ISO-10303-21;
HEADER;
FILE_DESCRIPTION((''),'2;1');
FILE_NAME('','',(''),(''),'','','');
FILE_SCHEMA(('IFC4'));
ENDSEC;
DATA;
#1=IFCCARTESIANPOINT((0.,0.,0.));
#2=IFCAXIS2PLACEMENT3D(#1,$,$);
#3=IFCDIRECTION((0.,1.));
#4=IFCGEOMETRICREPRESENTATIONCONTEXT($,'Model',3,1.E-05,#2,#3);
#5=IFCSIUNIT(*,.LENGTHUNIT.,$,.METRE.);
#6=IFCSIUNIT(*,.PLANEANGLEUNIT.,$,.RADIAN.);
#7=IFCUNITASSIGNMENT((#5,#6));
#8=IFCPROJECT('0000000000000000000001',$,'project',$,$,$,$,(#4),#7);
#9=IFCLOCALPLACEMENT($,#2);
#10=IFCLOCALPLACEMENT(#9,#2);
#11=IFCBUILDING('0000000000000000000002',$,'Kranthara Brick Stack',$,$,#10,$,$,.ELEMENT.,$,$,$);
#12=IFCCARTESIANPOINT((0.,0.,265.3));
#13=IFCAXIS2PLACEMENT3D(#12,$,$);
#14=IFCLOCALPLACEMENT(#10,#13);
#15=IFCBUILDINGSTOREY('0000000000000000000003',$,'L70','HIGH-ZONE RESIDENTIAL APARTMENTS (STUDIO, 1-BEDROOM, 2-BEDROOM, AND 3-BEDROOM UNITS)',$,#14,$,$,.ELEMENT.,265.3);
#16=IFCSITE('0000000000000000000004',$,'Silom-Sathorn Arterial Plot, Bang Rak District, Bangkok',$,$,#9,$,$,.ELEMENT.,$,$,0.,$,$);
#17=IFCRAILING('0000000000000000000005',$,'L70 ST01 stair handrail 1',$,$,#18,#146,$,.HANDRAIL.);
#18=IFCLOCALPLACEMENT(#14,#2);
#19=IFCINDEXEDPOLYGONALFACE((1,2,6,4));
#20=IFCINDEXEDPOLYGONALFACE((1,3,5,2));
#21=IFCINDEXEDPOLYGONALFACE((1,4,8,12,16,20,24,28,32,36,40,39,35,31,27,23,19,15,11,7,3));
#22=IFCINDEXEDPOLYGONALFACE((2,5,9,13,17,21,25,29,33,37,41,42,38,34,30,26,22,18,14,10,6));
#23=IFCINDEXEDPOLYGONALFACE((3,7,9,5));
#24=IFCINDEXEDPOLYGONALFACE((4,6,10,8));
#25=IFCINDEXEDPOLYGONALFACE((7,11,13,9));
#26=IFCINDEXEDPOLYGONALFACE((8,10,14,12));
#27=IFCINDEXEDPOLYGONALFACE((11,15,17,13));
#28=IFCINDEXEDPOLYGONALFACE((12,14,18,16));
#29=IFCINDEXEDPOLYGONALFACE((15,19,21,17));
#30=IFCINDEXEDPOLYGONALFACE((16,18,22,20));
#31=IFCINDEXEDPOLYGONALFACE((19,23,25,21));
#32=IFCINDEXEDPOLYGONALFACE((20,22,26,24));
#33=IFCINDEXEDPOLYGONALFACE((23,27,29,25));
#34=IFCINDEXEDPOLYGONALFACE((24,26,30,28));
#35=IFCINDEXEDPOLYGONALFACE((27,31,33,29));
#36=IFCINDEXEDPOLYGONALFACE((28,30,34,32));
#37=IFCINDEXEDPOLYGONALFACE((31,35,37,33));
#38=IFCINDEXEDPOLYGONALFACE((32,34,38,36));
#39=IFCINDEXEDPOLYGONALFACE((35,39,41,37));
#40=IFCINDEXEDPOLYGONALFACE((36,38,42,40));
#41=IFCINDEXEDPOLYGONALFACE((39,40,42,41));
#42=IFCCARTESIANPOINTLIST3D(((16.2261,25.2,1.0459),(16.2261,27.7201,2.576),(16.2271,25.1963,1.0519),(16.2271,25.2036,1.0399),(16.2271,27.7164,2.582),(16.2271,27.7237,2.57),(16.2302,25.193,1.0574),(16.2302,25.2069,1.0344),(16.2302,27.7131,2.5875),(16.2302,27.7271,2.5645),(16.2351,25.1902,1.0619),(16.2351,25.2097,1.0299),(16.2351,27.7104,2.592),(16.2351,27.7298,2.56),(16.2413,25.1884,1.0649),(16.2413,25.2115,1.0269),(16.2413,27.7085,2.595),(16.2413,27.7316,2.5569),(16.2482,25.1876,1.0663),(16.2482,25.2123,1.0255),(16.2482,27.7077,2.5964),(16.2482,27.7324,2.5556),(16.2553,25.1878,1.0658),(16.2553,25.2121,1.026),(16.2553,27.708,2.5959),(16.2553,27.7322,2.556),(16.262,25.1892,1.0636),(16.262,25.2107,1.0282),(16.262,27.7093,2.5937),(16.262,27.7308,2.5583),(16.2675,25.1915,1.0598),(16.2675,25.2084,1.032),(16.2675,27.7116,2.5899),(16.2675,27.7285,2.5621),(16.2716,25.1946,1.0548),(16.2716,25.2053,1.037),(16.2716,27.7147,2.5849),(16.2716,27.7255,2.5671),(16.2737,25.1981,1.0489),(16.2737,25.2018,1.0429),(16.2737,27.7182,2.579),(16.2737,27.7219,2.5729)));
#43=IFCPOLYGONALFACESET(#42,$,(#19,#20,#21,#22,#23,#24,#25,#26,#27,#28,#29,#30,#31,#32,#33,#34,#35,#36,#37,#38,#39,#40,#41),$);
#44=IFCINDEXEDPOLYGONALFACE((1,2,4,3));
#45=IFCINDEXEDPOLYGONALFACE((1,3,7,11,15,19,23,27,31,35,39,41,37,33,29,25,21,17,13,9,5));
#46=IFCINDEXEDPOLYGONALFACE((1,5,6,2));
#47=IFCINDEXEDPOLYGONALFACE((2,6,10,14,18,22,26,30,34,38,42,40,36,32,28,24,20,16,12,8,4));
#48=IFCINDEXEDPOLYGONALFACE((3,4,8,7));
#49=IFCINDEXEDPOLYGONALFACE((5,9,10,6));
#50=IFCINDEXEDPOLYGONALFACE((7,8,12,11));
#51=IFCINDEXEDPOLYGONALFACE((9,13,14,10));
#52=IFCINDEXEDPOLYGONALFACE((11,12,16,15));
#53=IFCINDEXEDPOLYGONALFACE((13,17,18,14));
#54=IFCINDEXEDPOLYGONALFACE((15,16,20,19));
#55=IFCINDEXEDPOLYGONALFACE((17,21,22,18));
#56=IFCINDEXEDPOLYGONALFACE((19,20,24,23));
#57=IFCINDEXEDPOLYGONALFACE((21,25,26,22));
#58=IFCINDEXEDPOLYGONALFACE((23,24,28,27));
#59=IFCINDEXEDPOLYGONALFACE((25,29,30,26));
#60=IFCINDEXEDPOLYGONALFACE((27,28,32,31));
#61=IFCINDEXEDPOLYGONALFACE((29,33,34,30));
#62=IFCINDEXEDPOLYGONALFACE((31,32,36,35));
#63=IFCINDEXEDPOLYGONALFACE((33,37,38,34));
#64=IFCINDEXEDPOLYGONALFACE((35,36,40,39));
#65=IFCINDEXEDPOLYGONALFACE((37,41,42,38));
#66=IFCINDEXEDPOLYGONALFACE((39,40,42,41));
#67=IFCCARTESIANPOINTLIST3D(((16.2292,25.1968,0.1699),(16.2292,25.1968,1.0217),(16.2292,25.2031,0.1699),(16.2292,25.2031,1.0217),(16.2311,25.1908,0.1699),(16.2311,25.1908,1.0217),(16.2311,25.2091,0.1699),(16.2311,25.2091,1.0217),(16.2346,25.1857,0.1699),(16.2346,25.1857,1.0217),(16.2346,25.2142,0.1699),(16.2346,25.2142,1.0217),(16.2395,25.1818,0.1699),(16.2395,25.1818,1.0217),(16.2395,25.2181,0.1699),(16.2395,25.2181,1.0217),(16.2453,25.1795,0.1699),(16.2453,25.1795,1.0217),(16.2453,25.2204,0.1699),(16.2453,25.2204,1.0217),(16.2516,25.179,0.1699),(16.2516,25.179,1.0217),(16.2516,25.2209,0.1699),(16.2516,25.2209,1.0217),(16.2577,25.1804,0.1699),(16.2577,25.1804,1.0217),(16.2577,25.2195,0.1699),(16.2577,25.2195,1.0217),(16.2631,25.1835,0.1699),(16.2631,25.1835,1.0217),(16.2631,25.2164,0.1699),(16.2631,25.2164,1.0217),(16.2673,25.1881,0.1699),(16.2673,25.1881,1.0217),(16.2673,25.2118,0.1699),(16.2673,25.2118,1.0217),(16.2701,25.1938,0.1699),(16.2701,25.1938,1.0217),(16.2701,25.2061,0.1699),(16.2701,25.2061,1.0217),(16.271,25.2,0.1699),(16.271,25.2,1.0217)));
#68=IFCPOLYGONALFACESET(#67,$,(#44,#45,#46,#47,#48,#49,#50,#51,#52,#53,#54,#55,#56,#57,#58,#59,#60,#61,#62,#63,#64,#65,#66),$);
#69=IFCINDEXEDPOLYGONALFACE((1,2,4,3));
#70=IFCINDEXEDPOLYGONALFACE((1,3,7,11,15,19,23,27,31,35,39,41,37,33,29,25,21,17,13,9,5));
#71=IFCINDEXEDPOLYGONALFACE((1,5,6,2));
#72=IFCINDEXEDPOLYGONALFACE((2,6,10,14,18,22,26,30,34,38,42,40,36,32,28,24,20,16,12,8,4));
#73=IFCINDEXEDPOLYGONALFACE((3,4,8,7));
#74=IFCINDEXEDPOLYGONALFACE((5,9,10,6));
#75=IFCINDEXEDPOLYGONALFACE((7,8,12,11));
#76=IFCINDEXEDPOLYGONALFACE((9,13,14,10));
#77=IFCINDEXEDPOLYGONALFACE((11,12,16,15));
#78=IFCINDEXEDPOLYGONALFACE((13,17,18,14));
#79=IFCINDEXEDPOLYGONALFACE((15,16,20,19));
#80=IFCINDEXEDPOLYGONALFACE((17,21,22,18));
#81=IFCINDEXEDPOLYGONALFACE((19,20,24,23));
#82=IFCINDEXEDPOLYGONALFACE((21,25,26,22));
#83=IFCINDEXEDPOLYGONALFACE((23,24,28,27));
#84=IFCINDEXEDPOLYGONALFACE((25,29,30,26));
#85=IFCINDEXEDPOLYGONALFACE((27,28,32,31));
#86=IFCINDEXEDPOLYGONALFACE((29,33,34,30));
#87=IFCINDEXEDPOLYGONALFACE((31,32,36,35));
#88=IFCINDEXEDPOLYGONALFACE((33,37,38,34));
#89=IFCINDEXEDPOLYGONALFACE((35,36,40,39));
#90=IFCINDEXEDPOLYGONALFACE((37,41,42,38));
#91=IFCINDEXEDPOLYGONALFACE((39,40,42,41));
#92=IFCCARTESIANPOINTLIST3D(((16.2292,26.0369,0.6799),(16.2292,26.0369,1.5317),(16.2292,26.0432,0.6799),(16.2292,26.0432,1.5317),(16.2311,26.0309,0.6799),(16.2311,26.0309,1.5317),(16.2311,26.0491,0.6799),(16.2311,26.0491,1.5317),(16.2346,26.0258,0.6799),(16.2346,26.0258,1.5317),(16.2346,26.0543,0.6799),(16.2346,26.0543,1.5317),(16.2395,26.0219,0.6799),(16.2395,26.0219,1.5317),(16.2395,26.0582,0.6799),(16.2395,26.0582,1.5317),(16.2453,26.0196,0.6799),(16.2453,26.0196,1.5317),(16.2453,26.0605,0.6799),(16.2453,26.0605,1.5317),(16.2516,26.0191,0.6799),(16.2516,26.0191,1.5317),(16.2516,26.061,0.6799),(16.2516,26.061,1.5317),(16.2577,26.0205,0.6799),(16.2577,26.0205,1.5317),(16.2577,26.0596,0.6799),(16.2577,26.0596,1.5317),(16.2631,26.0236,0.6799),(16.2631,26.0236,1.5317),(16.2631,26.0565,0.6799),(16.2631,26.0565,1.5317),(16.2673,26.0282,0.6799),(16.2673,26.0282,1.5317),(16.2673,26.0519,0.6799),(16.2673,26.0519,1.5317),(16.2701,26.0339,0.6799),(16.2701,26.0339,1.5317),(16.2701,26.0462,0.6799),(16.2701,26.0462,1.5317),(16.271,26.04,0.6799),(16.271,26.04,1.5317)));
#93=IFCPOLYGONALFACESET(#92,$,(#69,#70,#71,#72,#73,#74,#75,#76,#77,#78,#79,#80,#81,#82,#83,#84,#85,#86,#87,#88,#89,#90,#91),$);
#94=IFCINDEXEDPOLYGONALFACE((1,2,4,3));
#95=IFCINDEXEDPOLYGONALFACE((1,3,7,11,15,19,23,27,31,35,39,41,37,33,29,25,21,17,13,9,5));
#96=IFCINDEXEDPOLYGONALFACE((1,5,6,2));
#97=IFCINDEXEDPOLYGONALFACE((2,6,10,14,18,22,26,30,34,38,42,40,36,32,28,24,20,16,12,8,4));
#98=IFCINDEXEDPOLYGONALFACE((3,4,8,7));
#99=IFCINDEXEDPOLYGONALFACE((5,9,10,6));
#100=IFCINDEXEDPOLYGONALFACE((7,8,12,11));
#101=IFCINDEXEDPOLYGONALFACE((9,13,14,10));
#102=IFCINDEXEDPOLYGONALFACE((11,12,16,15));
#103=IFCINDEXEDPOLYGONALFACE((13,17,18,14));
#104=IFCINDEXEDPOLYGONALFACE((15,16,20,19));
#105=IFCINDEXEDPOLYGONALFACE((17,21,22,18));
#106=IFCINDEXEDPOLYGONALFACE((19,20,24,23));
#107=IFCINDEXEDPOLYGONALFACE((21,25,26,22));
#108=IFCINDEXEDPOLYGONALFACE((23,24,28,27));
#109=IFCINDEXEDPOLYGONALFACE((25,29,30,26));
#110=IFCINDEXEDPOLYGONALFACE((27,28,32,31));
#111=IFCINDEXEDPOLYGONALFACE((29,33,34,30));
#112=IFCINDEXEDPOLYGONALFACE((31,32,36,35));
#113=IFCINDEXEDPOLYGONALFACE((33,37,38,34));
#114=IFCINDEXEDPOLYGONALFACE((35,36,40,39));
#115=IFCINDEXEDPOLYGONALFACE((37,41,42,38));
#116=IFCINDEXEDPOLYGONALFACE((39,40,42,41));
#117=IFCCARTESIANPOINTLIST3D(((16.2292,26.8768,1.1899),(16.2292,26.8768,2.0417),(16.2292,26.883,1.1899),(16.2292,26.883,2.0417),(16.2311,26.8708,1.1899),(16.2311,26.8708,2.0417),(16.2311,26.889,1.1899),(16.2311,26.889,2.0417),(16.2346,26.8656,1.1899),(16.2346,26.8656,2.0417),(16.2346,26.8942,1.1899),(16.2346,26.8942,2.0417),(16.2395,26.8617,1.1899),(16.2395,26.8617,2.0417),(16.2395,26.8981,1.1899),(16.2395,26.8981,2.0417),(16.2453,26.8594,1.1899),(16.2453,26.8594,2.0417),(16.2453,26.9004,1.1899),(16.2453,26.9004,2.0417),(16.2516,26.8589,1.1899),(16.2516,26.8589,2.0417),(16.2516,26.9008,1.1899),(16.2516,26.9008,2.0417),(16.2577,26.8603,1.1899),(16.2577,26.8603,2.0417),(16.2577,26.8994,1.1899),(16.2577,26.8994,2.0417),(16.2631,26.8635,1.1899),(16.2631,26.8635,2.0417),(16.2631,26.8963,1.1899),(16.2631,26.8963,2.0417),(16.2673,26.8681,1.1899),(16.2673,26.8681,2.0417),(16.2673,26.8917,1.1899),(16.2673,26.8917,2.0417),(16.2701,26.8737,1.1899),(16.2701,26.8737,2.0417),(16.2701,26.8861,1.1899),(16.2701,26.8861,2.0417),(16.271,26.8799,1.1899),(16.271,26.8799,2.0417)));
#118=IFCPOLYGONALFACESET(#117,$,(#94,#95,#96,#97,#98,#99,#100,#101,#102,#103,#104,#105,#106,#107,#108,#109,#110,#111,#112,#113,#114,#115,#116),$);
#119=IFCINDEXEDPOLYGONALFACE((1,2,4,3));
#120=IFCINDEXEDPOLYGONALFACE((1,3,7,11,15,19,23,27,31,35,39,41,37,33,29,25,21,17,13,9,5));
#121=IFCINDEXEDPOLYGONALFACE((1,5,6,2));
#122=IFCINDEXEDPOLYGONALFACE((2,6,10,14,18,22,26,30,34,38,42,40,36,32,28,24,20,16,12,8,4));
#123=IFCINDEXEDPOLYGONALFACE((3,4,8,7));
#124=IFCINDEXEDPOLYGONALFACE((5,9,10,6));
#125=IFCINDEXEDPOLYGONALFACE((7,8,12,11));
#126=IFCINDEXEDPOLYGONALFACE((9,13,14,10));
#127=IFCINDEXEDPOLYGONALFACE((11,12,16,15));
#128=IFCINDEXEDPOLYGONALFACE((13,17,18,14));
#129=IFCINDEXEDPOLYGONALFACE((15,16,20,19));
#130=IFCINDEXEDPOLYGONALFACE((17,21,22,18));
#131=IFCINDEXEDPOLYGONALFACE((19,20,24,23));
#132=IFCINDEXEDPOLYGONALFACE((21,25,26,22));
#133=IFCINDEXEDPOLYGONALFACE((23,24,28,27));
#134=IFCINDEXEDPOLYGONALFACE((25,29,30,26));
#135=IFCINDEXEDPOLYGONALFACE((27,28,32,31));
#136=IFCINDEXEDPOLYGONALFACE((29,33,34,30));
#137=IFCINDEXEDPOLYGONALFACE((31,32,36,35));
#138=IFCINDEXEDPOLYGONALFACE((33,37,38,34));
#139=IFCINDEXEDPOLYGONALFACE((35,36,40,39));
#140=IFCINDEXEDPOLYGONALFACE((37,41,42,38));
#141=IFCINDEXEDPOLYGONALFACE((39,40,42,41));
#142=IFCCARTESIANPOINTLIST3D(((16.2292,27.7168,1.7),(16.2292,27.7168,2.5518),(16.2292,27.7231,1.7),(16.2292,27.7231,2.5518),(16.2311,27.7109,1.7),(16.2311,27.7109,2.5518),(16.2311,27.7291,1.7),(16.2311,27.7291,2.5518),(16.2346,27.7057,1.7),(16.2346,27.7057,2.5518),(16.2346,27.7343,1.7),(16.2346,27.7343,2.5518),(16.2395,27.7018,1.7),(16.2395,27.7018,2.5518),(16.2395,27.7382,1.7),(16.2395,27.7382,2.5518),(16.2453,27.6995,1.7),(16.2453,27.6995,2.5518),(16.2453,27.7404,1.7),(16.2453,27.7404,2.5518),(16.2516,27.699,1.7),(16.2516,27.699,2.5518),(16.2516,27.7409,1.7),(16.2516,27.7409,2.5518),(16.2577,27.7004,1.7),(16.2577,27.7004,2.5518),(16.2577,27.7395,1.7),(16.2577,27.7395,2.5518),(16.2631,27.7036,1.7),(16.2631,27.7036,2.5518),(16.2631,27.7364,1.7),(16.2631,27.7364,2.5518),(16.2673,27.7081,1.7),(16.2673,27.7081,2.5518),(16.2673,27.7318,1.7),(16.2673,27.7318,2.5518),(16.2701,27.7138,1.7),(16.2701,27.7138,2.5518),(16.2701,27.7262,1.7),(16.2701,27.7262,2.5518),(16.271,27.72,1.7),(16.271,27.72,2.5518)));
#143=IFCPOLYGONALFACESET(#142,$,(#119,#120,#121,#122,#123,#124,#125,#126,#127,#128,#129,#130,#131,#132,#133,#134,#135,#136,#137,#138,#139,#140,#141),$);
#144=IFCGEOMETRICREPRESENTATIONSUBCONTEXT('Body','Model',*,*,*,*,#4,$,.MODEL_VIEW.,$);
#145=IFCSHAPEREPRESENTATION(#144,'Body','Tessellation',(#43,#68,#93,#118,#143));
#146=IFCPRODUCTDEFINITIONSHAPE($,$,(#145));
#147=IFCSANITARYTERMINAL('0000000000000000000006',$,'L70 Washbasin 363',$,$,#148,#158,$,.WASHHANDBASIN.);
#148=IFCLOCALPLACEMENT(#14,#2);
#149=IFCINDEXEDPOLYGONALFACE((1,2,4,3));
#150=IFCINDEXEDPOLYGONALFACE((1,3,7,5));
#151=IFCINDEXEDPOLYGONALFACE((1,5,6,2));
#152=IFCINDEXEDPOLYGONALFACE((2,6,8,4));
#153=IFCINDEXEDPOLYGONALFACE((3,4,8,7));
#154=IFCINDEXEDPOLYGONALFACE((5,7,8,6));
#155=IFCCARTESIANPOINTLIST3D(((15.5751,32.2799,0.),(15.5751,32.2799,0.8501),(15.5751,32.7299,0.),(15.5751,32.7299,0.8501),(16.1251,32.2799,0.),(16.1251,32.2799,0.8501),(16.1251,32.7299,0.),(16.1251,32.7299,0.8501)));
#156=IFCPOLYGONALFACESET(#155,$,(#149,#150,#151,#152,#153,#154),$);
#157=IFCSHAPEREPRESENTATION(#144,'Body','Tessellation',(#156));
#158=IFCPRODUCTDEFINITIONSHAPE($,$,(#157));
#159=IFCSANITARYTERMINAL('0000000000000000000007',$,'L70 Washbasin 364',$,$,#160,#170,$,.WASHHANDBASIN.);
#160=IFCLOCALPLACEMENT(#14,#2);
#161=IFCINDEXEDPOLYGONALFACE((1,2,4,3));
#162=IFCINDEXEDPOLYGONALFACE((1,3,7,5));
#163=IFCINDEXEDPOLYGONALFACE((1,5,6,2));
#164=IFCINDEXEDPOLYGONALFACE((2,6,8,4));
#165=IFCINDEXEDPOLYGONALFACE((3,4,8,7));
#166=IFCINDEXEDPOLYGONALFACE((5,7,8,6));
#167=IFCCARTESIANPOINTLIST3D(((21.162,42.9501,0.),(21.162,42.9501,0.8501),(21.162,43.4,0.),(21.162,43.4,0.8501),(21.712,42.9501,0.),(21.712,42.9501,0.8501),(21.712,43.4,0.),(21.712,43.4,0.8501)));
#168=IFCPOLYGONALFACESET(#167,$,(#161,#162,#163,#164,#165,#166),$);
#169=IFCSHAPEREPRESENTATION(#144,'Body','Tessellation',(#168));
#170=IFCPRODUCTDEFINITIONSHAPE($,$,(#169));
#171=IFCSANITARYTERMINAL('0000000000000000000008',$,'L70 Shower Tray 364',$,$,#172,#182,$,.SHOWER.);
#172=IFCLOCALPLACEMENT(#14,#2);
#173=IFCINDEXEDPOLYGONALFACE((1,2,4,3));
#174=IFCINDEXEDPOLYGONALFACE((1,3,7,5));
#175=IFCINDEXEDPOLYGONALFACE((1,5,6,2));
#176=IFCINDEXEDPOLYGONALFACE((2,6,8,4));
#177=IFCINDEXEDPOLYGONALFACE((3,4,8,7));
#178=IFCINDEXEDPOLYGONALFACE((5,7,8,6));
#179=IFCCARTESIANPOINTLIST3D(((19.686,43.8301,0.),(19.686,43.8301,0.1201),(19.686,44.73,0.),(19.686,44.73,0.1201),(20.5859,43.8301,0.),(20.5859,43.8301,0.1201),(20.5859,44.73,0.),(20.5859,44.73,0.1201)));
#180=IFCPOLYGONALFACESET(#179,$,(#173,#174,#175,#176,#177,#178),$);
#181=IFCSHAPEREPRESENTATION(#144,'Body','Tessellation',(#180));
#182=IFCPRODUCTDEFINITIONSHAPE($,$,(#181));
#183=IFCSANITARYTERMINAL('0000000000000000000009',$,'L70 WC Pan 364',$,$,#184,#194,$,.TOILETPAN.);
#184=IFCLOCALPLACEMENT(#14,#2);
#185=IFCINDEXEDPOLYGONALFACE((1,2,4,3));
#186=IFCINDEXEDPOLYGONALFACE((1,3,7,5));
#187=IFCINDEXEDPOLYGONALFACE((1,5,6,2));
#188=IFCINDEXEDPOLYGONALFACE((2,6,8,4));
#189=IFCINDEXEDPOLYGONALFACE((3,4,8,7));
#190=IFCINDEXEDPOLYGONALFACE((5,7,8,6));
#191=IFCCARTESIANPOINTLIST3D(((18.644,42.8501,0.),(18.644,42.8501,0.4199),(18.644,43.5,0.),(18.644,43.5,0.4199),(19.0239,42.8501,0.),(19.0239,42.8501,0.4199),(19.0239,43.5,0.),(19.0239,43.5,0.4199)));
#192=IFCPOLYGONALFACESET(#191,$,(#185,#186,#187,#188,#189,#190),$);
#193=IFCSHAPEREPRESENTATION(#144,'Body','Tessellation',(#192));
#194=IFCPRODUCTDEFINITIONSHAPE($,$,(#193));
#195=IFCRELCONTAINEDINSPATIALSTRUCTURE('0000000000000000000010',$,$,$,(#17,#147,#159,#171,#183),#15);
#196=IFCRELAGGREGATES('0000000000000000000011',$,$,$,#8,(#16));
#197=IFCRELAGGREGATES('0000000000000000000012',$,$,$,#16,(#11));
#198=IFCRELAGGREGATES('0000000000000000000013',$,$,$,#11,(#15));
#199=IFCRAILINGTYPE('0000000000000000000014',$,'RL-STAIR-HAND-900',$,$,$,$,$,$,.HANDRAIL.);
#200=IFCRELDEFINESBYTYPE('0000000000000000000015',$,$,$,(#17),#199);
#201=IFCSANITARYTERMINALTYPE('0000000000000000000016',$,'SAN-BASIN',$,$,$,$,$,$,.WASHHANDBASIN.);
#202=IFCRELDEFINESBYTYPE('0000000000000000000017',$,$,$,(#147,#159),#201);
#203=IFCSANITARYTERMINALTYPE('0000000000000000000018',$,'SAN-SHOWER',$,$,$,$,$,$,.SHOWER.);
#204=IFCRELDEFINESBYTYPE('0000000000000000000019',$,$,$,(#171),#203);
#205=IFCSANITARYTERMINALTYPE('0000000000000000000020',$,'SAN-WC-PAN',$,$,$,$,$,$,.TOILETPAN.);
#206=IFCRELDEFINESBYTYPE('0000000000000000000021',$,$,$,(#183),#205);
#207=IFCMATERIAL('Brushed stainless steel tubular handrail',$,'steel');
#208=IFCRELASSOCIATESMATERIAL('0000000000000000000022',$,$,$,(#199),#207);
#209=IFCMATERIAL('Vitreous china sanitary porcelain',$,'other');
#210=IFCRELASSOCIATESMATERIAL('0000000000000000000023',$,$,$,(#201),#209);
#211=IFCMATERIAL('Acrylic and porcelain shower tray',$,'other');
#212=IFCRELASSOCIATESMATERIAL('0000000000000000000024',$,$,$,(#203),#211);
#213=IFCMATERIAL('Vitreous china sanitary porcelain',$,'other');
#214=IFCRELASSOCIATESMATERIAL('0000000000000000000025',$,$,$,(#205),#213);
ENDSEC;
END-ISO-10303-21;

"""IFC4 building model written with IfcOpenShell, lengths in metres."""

from ifc_helpers import new_model, si_unit, direction, frame, origin, origin_2d, place, context, subcontext, project, spatial, rectangle, circle, extrude, material, type_object, element, save


model = new_model("IFC4")

# Units and contexts
model_context = context("Model", 3, precision=1e-05, world=origin(), true_north=direction((0.0, 1.0)))
body_context = subcontext(model_context, "Body", "Model", "MODEL_VIEW")
ifc_project = project(units=[si_unit("LENGTHUNIT", "METRE"), si_unit("PLANEANGLEUNIT", "RADIAN")], contexts=[model_context])

# Site, building, storey
site_placement = place(None, origin())
site = spatial("IfcSite", under=ifc_project, at=site_placement, Name="Silom-Sathorn Arterial Plot, Bang Rak District, Bangkok", CompositionType="ELEMENT", RefElevation=0.0)
building_placement = place(site_placement, origin())
building = spatial("IfcBuilding", under=site, at=building_placement, Name="Kranthara Brick Stack", CompositionType="ELEMENT")
storey_placement = place(building_placement, frame((0.0, 0.0, 265.3)))
storey = spatial("IfcBuildingStorey", under=building, at=storey_placement, Name="L70", Description="HIGH-ZONE RESIDENTIAL APARTMENTS (STUDIO, 1-BEDROOM, 2-BEDROOM, AND 3-BEDROOM UNITS)", CompositionType="ELEMENT", Elevation=265.3)

# Railing
ifc_material_1 = material(Name="Brushed stainless steel tubular handrail", Category="steel")
railing_type_1 = type_object("IfcRailingType", Name="RL-STAIR-HAND-900", PredefinedType="HANDRAIL", material=ifc_material_1)
railing_1_placement = place(storey_placement, frame((16.25, 25.2, 0.1699)))
element("IfcRailing", 1, at=railing_1_placement, inside=storey, type_object=railing_type_1, Name="L70 ST01 stair handrail 1", PredefinedType="HANDRAIL", context=body_context, shape_type="SweptSolid", body=[
    extrude(circle(Radius=0.0239, at=origin_2d()), frame((0.0, 0.0, 0.876), z_axis=(0.0, 0.854785, 0.518982), x_axis=(-1.0, 0.0, 0.0)), (0.0, 0.0, 1.0), 2.9482),
    extrude(circle(Radius=0.021, at=origin_2d()), origin(), (0.0, 0.0, 1.0), 0.8518),
    extrude(circle(Radius=0.021, at=origin_2d()), frame((0.0, 0.8401, 0.51)), (0.0, 0.0, 1.0), 0.8518),
    extrude(circle(Radius=0.021, at=origin_2d()), frame((0.0, 1.6799, 1.02)), (0.0, 0.0, 1.0), 0.8518),
    extrude(circle(Radius=0.021, at=origin_2d()), frame((0.0, 2.52, 1.53)), (0.0, 0.0, 1.0), 0.8518),
])

# Sanitary terminals
ifc_material_2 = material(Name="Vitreous china sanitary porcelain", Category="other")
sanitary_terminal_type_1 = type_object("IfcSanitaryTerminalType", Name="SAN-BASIN", PredefinedType="WASHHANDBASIN", material=ifc_material_2)
for number, where, z_axis, x_axis, name in (
    (2, (15.8501, 32.5049, 0.0), (0.0, 0.0, 1.0), (1.0, 0.0, 0.0), "L70 Washbasin 363"),
    (3, (21.437, 43.175, 0.0), (0.0, 0.0, 1.0), (1.0, 0.0, 0.0), "L70 Washbasin 364"),
):
    element("IfcSanitaryTerminal", number, at=place(storey_placement, frame(where, z_axis=z_axis, x_axis=x_axis)), inside=storey, type_object=sanitary_terminal_type_1, Name=name, PredefinedType="WASHHANDBASIN", context=body_context, shape_type="SweptSolid", body=[
        extrude(rectangle(XDim=0.55, YDim=0.45, at=origin_2d()), origin(), (0.0, 0.0, 1.0), 0.8501),
    ])
ifc_material_3 = material(Name="Acrylic and porcelain shower tray", Category="other")
sanitary_terminal_type_2 = type_object("IfcSanitaryTerminalType", Name="SAN-SHOWER", PredefinedType="SHOWER", material=ifc_material_3)
sanitary_terminal_1_placement = place(storey_placement, frame((20.136, 44.28, 0.0), z_axis=(0.0, 0.0, 1.0), x_axis=(1.0, 0.0, 0.0)))
element("IfcSanitaryTerminal", 4, at=sanitary_terminal_1_placement, inside=storey, type_object=sanitary_terminal_type_2, Name="L70 Shower Tray 364", PredefinedType="SHOWER", context=body_context, shape_type="SweptSolid", body=[
    extrude(rectangle(XDim=0.8999, YDim=0.8999, at=origin_2d()), origin(), (0.0, 0.0, 1.0), 0.1201),
])
ifc_material_4 = material(Name="Vitreous china sanitary porcelain", Category="other")
sanitary_terminal_type_3 = type_object("IfcSanitaryTerminalType", Name="SAN-WC-PAN", PredefinedType="TOILETPAN", material=ifc_material_4)
sanitary_terminal_2_placement = place(storey_placement, frame((18.834, 43.175, 0.0), z_axis=(0.0, 0.0, 1.0), x_axis=(1.0, 0.0, 0.0)))
element("IfcSanitaryTerminal", 5, at=sanitary_terminal_2_placement, inside=storey, type_object=sanitary_terminal_type_3, Name="L70 WC Pan 364", PredefinedType="TOILETPAN", context=body_context, shape_type="SweptSolid", body=[
    extrude(rectangle(XDim=0.3799, YDim=0.6499, at=origin_2d()), origin(), (0.0, 0.0, 1.0), 0.4199),
])

save(model, "model.ifc")
